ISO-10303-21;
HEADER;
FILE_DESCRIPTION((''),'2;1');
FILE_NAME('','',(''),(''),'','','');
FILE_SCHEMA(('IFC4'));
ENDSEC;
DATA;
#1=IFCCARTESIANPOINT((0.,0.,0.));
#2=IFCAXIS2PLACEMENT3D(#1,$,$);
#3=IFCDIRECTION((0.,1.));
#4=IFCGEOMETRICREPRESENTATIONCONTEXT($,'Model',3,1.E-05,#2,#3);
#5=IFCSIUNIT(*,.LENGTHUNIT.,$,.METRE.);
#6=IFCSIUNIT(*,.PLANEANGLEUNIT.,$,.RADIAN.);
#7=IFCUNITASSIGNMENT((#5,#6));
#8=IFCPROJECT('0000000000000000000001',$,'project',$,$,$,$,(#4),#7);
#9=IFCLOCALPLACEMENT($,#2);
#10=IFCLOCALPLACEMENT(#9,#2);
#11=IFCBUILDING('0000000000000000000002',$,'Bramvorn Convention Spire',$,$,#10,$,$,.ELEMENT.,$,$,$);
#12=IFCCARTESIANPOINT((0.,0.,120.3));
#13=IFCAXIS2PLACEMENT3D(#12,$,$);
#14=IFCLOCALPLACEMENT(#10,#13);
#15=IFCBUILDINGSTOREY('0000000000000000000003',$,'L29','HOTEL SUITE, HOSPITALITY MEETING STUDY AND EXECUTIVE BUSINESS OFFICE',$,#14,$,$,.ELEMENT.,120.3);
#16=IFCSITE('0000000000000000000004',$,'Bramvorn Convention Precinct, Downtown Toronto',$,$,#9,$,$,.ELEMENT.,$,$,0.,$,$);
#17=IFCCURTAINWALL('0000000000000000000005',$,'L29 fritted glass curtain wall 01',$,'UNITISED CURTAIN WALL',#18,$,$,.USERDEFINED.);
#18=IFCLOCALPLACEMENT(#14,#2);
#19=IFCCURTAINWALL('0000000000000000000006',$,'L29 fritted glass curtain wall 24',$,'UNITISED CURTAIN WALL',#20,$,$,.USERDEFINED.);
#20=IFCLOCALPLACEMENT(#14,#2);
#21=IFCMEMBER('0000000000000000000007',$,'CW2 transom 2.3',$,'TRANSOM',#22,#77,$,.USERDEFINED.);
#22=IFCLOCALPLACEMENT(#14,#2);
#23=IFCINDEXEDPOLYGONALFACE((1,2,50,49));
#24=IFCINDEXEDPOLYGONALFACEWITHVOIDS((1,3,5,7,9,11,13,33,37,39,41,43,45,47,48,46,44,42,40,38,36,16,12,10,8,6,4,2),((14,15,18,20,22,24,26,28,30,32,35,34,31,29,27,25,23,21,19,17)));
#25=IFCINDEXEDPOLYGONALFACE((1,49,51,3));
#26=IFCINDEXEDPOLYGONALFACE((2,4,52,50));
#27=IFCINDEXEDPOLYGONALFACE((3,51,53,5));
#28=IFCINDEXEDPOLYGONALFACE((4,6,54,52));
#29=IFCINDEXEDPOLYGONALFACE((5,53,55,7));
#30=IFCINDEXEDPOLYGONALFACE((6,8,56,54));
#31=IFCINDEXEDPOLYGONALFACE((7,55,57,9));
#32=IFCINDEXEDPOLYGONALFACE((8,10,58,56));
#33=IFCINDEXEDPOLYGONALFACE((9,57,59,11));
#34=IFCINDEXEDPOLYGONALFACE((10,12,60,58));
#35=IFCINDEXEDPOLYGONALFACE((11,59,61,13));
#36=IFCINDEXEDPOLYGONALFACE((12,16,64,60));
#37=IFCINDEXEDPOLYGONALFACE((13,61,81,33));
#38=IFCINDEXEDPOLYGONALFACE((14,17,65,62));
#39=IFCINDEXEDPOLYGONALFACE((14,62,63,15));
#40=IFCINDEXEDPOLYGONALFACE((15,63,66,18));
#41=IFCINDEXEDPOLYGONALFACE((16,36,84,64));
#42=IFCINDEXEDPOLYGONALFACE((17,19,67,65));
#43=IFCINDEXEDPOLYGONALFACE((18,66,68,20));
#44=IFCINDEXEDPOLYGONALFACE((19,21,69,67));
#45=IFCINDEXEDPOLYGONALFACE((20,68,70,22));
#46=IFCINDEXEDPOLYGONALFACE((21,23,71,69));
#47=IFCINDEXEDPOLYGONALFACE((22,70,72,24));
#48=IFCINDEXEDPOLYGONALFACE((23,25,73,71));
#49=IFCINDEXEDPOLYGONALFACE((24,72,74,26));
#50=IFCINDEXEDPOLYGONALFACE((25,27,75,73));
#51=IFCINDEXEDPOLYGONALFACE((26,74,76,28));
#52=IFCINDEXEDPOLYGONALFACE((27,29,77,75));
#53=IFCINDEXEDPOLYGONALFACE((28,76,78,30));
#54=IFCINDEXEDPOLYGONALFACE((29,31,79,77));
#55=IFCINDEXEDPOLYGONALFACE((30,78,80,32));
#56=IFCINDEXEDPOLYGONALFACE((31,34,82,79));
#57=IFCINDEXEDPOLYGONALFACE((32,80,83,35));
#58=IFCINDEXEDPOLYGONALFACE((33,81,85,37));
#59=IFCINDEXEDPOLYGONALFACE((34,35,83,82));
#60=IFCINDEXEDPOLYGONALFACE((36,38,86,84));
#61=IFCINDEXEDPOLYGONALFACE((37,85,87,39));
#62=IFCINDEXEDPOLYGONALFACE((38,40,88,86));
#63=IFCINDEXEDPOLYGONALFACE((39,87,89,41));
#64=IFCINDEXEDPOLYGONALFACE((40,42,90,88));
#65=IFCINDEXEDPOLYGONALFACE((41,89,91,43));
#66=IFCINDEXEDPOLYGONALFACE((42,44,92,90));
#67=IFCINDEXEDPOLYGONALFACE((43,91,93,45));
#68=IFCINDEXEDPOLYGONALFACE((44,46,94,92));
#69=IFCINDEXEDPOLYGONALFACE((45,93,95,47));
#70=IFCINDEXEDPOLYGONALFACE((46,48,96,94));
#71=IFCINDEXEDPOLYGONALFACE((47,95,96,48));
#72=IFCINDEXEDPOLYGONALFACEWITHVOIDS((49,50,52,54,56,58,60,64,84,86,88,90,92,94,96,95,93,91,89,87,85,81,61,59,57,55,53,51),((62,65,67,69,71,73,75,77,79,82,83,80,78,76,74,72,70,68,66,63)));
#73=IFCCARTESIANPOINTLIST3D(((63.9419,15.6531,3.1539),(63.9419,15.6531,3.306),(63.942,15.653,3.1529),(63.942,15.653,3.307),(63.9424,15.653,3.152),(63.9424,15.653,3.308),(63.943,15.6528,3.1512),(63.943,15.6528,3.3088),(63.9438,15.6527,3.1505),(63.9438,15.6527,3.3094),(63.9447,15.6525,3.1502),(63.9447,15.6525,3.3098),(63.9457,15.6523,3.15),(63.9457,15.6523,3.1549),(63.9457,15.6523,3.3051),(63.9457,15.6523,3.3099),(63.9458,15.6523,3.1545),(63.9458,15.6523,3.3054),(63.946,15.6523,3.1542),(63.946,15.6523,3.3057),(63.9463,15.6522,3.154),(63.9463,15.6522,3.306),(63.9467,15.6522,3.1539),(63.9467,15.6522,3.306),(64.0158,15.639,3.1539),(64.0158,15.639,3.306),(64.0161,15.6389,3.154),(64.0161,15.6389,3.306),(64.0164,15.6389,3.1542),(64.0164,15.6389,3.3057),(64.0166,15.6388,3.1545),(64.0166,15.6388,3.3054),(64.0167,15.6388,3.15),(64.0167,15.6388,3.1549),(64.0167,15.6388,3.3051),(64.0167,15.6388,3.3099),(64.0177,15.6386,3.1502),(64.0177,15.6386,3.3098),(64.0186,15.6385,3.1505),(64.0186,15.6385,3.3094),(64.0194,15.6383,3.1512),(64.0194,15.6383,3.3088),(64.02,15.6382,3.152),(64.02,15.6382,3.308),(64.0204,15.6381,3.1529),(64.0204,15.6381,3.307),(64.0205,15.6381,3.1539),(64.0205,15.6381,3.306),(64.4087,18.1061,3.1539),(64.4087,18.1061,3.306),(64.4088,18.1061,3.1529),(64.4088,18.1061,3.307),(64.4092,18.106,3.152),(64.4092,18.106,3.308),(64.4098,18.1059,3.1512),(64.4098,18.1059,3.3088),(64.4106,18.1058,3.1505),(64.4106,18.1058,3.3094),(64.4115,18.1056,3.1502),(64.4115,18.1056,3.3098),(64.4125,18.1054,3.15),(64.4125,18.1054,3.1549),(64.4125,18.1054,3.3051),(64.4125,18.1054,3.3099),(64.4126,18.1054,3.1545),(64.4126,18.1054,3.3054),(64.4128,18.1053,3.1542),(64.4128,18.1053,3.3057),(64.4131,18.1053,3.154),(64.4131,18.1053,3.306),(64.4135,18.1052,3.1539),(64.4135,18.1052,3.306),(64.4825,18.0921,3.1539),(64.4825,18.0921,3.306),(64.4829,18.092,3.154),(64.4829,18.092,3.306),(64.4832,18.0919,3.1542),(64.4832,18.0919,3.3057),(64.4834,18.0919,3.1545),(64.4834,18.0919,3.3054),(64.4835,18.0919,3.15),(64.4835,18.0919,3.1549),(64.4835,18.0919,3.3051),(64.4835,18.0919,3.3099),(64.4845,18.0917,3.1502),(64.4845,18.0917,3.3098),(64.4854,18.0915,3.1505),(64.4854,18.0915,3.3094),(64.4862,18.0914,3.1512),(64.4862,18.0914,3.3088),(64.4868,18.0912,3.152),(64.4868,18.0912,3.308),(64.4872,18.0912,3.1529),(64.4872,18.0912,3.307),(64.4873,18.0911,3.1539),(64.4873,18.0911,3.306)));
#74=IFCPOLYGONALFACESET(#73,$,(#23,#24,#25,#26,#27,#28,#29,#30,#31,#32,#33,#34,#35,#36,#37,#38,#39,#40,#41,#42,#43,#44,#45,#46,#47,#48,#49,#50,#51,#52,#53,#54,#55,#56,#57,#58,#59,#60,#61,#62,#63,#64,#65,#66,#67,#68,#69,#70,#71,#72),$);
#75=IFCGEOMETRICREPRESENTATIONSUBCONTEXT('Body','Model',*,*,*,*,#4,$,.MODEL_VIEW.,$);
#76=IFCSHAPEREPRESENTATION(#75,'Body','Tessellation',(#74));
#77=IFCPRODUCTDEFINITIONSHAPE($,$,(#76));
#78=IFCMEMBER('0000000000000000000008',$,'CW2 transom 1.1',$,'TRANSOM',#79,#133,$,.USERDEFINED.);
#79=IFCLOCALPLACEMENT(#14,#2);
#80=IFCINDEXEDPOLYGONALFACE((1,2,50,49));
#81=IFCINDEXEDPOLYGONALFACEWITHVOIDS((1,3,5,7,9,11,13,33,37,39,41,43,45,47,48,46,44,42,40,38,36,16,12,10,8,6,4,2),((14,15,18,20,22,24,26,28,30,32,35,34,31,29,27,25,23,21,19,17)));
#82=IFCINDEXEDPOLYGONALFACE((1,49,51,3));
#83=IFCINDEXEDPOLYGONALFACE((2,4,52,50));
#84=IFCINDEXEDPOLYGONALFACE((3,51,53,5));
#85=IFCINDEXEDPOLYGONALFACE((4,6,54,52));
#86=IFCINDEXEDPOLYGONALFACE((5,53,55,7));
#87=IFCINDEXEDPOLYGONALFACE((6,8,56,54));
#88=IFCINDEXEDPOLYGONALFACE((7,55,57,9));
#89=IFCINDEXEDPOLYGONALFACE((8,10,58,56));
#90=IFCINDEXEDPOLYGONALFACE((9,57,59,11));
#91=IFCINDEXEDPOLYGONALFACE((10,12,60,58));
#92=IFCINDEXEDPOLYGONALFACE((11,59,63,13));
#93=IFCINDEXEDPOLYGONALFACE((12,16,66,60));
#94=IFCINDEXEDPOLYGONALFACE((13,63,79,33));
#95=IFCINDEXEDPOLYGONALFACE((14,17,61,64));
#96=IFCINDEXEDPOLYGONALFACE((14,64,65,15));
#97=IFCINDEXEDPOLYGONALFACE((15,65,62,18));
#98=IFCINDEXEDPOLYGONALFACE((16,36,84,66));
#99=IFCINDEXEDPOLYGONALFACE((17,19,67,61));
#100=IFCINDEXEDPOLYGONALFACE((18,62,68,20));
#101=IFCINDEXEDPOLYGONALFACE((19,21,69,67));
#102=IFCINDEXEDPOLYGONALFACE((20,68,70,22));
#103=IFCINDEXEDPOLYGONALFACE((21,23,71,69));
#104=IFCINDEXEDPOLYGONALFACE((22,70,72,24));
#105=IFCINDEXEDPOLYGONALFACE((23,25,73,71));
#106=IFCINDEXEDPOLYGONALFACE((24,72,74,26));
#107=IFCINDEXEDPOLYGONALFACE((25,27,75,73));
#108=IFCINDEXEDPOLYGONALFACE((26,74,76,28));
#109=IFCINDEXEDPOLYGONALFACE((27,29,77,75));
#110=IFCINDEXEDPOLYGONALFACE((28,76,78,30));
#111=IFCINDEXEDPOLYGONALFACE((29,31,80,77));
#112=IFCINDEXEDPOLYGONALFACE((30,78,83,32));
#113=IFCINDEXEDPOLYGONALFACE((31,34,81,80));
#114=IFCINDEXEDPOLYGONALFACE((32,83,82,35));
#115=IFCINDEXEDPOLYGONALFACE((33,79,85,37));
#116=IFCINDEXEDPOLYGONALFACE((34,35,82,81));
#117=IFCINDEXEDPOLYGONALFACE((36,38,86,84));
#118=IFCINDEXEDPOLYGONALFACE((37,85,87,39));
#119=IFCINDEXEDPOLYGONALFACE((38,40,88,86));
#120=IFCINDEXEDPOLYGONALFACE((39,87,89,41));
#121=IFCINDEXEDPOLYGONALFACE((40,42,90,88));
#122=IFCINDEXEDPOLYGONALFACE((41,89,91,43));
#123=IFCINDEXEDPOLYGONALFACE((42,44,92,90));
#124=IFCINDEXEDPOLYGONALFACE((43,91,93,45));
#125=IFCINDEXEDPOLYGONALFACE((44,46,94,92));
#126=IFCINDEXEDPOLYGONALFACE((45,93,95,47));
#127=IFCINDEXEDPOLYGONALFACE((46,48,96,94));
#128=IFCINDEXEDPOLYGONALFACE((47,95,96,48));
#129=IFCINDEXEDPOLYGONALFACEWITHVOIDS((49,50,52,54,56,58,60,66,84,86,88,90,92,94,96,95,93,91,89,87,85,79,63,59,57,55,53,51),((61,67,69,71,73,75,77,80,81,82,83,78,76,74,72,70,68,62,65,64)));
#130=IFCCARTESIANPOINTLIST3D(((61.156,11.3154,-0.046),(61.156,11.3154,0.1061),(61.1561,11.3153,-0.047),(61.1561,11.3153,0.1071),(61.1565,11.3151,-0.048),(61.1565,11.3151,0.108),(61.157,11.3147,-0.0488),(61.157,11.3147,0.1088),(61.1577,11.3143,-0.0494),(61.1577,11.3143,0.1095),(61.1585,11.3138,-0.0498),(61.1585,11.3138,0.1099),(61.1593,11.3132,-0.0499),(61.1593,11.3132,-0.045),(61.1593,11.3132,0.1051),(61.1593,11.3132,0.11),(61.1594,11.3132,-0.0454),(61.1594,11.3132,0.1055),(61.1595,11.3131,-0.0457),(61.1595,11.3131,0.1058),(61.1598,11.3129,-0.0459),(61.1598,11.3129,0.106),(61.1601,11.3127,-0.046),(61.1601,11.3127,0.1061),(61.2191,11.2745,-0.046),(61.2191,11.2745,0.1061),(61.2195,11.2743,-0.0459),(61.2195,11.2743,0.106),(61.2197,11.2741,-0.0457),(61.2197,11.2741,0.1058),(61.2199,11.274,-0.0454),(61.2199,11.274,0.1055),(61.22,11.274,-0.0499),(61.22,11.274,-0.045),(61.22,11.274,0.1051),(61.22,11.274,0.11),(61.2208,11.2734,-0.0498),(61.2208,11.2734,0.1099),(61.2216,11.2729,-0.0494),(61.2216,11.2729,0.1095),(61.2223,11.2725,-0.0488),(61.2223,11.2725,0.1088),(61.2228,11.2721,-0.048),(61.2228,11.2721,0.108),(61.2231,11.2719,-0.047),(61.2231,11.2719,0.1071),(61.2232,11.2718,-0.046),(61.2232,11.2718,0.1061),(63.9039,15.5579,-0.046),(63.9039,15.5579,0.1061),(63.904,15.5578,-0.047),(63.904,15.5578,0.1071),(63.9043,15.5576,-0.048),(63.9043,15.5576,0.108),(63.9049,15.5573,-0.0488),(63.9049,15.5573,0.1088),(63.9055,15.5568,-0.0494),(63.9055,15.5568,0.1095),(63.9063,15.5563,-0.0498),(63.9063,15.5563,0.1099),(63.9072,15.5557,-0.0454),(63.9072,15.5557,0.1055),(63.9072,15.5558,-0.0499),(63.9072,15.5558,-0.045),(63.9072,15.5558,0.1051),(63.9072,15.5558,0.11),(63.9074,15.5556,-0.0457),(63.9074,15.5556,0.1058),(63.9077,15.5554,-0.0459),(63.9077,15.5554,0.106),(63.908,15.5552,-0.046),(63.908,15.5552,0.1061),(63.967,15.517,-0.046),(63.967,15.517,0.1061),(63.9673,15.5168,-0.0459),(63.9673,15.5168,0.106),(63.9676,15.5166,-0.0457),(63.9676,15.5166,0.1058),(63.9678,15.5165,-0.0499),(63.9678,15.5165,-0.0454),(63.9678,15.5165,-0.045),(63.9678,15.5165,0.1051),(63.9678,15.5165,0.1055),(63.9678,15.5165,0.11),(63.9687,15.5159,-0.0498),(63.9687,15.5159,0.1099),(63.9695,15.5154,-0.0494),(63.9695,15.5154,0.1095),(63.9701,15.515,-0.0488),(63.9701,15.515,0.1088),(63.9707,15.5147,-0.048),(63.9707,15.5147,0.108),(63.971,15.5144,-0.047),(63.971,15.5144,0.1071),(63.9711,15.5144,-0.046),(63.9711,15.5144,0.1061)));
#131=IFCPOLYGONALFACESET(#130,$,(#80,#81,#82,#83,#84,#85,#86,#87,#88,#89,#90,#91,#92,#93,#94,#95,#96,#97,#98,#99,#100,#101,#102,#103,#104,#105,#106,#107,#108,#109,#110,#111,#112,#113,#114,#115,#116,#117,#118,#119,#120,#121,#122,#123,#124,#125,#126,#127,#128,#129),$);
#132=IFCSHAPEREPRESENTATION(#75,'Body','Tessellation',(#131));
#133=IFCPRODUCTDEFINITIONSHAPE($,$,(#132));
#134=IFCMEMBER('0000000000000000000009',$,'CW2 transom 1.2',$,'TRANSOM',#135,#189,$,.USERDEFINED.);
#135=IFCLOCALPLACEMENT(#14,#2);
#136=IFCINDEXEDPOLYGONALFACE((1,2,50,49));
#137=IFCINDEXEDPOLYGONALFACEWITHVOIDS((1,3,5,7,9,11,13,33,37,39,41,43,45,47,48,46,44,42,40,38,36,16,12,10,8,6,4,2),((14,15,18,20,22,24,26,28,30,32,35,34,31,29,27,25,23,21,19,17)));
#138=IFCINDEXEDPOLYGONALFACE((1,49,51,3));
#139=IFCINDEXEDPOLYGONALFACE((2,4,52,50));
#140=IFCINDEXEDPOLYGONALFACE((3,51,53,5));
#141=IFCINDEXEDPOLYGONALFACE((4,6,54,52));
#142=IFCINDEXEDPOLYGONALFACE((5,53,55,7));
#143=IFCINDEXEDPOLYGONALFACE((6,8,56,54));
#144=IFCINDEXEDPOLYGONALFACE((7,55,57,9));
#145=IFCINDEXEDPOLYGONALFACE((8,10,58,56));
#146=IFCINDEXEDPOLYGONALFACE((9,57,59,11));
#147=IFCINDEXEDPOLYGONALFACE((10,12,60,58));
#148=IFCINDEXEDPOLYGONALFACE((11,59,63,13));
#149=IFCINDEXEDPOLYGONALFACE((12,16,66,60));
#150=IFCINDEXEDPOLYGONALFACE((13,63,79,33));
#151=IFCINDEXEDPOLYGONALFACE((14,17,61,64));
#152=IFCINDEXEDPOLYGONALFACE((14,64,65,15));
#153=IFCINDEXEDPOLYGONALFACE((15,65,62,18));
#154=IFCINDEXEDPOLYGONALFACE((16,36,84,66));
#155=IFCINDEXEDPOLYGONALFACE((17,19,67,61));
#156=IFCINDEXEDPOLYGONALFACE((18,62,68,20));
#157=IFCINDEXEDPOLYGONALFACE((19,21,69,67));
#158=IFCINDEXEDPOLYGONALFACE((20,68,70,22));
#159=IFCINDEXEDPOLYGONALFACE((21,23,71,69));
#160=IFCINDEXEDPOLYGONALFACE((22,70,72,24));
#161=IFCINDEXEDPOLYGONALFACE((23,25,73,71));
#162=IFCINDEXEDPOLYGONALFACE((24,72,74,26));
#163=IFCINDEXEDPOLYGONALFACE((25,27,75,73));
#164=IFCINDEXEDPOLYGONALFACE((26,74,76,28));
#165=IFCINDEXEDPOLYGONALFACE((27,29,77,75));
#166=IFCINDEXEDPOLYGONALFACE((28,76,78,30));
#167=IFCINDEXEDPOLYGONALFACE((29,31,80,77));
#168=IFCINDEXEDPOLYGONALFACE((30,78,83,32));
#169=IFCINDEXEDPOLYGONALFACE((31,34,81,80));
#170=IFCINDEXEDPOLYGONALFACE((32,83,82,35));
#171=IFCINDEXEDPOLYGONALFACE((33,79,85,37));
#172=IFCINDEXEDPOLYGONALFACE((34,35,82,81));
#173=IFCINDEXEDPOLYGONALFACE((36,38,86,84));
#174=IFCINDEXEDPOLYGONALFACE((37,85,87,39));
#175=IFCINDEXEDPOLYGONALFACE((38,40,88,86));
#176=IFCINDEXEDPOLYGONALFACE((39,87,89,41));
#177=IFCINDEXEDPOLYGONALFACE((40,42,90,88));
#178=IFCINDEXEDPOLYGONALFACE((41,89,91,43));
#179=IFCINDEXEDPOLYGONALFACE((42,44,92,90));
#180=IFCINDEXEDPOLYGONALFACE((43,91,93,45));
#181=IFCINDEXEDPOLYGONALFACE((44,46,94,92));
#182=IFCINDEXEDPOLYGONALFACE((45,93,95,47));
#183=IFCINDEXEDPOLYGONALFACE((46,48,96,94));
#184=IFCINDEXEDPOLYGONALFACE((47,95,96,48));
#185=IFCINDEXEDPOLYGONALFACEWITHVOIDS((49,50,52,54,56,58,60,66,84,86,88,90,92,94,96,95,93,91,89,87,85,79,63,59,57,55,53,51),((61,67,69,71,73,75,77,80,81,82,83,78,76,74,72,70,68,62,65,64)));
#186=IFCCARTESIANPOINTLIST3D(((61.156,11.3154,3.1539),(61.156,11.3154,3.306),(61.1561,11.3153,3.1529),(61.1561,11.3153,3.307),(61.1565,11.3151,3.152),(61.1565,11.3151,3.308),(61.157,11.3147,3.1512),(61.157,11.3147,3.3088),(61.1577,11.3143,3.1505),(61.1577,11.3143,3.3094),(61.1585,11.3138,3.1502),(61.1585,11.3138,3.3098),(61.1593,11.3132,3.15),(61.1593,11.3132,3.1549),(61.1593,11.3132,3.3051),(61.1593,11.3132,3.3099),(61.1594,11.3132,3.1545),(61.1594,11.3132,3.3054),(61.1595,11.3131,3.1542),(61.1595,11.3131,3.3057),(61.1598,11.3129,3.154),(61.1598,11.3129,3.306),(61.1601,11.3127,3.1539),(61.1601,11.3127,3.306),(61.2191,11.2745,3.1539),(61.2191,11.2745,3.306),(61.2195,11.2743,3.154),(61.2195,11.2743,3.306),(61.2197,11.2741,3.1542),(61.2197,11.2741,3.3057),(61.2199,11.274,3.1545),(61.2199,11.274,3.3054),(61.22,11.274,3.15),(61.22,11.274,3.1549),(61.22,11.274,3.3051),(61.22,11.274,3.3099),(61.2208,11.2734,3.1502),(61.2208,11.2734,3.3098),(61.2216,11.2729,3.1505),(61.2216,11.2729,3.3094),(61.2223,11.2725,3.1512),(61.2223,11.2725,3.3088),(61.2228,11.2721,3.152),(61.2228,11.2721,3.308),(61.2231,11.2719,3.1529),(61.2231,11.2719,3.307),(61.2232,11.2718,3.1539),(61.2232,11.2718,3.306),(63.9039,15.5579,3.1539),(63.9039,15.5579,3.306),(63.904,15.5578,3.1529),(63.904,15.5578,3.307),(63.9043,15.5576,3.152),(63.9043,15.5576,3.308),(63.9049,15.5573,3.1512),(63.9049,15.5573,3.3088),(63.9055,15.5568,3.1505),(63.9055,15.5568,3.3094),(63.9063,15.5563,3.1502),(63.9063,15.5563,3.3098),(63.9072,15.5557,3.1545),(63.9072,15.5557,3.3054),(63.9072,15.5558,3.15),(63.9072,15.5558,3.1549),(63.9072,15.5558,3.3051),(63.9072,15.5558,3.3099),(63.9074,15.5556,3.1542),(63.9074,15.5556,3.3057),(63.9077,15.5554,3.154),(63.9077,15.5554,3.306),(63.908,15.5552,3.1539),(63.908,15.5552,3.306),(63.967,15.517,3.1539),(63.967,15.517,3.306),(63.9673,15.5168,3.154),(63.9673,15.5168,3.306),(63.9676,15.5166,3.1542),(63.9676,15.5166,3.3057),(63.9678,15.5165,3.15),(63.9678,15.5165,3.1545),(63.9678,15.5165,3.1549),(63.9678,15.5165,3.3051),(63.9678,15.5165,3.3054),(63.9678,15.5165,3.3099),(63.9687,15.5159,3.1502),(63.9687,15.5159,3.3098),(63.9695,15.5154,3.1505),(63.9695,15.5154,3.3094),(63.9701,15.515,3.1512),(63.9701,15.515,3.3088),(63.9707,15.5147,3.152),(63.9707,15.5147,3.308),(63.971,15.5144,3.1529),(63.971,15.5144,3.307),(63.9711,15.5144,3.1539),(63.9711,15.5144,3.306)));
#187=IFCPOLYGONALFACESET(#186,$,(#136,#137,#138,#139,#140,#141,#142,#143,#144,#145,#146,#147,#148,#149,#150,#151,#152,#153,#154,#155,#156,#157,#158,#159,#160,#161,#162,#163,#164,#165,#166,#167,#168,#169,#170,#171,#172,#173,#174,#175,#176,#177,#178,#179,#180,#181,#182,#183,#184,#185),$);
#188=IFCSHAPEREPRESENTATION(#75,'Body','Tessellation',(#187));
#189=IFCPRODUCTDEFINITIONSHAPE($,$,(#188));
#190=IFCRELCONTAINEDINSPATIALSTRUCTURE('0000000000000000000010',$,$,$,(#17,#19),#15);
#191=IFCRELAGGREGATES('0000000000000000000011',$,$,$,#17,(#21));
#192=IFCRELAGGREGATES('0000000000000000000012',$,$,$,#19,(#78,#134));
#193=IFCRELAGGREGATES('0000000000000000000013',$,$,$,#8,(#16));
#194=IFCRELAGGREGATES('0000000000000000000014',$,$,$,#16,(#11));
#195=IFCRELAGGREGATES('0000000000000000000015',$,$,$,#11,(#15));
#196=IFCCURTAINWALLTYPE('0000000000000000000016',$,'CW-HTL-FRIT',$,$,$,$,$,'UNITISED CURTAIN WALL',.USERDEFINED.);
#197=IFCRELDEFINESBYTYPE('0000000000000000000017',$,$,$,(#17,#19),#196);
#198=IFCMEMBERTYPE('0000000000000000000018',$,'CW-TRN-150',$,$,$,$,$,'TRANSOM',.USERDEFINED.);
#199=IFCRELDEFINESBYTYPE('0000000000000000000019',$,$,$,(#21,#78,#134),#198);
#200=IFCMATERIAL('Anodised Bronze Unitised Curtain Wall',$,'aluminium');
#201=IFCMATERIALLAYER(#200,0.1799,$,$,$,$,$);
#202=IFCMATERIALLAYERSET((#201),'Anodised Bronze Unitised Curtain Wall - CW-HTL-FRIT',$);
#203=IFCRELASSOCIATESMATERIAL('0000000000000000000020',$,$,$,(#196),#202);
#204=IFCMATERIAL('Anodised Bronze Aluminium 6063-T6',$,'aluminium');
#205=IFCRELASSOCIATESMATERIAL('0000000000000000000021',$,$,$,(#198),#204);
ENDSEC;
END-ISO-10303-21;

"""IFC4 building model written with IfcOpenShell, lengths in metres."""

from ifc_helpers import new_model, si_unit, direction, frame, origin, origin_2d, place, context, subcontext, project, spatial, hollow_rectangle, extrude, material, layer, layer_set, material_profile, profile_set, type_object, element, aggregate, save


model = new_model("IFC4")

# Units and contexts
model_context = context("Model", 3, precision=1e-05, world=origin(), true_north=direction((0.0, 1.0)))
body_context = subcontext(model_context, "Body", "Model", "MODEL_VIEW")
ifc_project = project(units=[si_unit("LENGTHUNIT", "METRE"), si_unit("PLANEANGLEUNIT", "RADIAN")], contexts=[model_context])

# Site, building, storey
site_placement = place(None, origin())
site = spatial("IfcSite", under=ifc_project, at=site_placement, Name="Bramvorn Convention Precinct, Downtown Toronto", CompositionType="ELEMENT", RefElevation=0.0)
building_placement = place(site_placement, origin())
building = spatial("IfcBuilding", under=site, at=building_placement, Name="Bramvorn Convention Spire", CompositionType="ELEMENT")
storey_placement = place(building_placement, frame((0.0, 0.0, 120.3)))
storey = spatial("IfcBuildingStorey", under=building, at=storey_placement, Name="L29", Description="HOTEL SUITE, HOSPITALITY MEETING STUDY AND EXECUTIVE BUSINESS OFFICE", CompositionType="ELEMENT", Elevation=120.3)

# Curtain walls
ifc_material_1 = material(Name="Anodised Bronze Unitised Curtain Wall", Category="aluminium")
ifc_layer_1 = layer(ifc_material_1, 0.1799)
ifc_layer_set_1 = layer_set([ifc_layer_1], Name="Anodised Bronze Unitised Curtain Wall - CW-HTL-FRIT")
curtain_wall_type = type_object("IfcCurtainWallType", Name="CW-HTL-FRIT", ElementType="UNITISED CURTAIN WALL", PredefinedType="USERDEFINED", material=ifc_layer_set_1)
curtain_wall_1_placement = place(storey_placement, origin())
curtain_wall_1 = element("IfcCurtainWall", 1, at=curtain_wall_1_placement, inside=storey, type_object=curtain_wall_type, Name="L29 fritted glass curtain wall 01", ObjectType="UNITISED CURTAIN WALL", PredefinedType="USERDEFINED")
ifc_material_2 = material(Name="Anodised Bronze Aluminium 6063-T6", Category="aluminium")
curtain_wall_2_placement = place(storey_placement, origin())
curtain_wall_2 = element("IfcCurtainWall", 2, at=curtain_wall_2_placement, inside=storey, type_object=curtain_wall_type, Name="L29 fritted glass curtain wall 24", ObjectType="UNITISED CURTAIN WALL", PredefinedType="USERDEFINED")

# Members
ifc_material_profile_1 = material_profile(ifc_material_2, hollow_rectangle(XDim=0.0801, YDim=0.1599, WallThickness=0.0039, InnerFilletRadius=0.001, OuterFilletRadius=0.0039, at=origin_2d()))
ifc_profile_set_1 = profile_set([ifc_material_profile_1], Name="Anodised Bronze Aluminium 6063-T6 - CWT80X160")
member_type_1 = type_object("IfcMemberType", Name="CW-TRN-150", ElementType="TRANSOM", PredefinedType="USERDEFINED", material=ifc_profile_set_1)
member_1_placement = place(storey_placement, frame((64.448, 18.0986, 3.23), z_axis=(-0.186932, -0.982373, 0.0), x_axis=(0.982373, -0.186932, 0.0)))
member_1 = element("IfcMember", 3, at=member_1_placement, type_object=member_type_1, Name="CW2 transom 2.3", ObjectType="TRANSOM", PredefinedType="USERDEFINED", context=body_context, shape_type="SweptSolid", body=[
    extrude(hollow_rectangle(XDim=0.0801, YDim=0.1599, WallThickness=0.0039, InnerFilletRadius=0.001, OuterFilletRadius=0.0039, at=origin_2d()), origin(), (0.0, 0.0, 1.0), 2.4971),
])
member_2_placement = place(storey_placement, frame((63.9375, 15.5361, 0.03), z_axis=(-0.543628, -0.839326, 0.0), x_axis=(0.839326, -0.543628, 0.0)))
member_2 = element("IfcMember", 4, at=member_2_placement, type_object=member_type_1, Name="CW2 transom 1.1", ObjectType="TRANSOM", PredefinedType="USERDEFINED", context=body_context, shape_type="SweptSolid", body=[
    extrude(hollow_rectangle(XDim=0.0801, YDim=0.1599, WallThickness=0.0039, InnerFilletRadius=0.001, OuterFilletRadius=0.0039, at=origin_2d()), origin(), (0.0, 0.0, 1.0), 5.0547),
])
member_3_placement = place(storey_placement, frame((63.9375, 15.5361, 3.23), z_axis=(-0.543628, -0.839326, 0.0), x_axis=(0.839326, -0.543628, 0.0)))
member_3 = element("IfcMember", 5, at=member_3_placement, type_object=member_type_1, Name="CW2 transom 1.2", ObjectType="TRANSOM", PredefinedType="USERDEFINED", context=body_context, shape_type="SweptSolid", body=[
    extrude(hollow_rectangle(XDim=0.0801, YDim=0.1599, WallThickness=0.0039, InnerFilletRadius=0.001, OuterFilletRadius=0.0039, at=origin_2d()), origin(), (0.0, 0.0, 1.0), 5.0547),
])

aggregate(curtain_wall_1, [member_1])
aggregate(curtain_wall_2, [member_2, member_3])

save(model, "model.ifc")
